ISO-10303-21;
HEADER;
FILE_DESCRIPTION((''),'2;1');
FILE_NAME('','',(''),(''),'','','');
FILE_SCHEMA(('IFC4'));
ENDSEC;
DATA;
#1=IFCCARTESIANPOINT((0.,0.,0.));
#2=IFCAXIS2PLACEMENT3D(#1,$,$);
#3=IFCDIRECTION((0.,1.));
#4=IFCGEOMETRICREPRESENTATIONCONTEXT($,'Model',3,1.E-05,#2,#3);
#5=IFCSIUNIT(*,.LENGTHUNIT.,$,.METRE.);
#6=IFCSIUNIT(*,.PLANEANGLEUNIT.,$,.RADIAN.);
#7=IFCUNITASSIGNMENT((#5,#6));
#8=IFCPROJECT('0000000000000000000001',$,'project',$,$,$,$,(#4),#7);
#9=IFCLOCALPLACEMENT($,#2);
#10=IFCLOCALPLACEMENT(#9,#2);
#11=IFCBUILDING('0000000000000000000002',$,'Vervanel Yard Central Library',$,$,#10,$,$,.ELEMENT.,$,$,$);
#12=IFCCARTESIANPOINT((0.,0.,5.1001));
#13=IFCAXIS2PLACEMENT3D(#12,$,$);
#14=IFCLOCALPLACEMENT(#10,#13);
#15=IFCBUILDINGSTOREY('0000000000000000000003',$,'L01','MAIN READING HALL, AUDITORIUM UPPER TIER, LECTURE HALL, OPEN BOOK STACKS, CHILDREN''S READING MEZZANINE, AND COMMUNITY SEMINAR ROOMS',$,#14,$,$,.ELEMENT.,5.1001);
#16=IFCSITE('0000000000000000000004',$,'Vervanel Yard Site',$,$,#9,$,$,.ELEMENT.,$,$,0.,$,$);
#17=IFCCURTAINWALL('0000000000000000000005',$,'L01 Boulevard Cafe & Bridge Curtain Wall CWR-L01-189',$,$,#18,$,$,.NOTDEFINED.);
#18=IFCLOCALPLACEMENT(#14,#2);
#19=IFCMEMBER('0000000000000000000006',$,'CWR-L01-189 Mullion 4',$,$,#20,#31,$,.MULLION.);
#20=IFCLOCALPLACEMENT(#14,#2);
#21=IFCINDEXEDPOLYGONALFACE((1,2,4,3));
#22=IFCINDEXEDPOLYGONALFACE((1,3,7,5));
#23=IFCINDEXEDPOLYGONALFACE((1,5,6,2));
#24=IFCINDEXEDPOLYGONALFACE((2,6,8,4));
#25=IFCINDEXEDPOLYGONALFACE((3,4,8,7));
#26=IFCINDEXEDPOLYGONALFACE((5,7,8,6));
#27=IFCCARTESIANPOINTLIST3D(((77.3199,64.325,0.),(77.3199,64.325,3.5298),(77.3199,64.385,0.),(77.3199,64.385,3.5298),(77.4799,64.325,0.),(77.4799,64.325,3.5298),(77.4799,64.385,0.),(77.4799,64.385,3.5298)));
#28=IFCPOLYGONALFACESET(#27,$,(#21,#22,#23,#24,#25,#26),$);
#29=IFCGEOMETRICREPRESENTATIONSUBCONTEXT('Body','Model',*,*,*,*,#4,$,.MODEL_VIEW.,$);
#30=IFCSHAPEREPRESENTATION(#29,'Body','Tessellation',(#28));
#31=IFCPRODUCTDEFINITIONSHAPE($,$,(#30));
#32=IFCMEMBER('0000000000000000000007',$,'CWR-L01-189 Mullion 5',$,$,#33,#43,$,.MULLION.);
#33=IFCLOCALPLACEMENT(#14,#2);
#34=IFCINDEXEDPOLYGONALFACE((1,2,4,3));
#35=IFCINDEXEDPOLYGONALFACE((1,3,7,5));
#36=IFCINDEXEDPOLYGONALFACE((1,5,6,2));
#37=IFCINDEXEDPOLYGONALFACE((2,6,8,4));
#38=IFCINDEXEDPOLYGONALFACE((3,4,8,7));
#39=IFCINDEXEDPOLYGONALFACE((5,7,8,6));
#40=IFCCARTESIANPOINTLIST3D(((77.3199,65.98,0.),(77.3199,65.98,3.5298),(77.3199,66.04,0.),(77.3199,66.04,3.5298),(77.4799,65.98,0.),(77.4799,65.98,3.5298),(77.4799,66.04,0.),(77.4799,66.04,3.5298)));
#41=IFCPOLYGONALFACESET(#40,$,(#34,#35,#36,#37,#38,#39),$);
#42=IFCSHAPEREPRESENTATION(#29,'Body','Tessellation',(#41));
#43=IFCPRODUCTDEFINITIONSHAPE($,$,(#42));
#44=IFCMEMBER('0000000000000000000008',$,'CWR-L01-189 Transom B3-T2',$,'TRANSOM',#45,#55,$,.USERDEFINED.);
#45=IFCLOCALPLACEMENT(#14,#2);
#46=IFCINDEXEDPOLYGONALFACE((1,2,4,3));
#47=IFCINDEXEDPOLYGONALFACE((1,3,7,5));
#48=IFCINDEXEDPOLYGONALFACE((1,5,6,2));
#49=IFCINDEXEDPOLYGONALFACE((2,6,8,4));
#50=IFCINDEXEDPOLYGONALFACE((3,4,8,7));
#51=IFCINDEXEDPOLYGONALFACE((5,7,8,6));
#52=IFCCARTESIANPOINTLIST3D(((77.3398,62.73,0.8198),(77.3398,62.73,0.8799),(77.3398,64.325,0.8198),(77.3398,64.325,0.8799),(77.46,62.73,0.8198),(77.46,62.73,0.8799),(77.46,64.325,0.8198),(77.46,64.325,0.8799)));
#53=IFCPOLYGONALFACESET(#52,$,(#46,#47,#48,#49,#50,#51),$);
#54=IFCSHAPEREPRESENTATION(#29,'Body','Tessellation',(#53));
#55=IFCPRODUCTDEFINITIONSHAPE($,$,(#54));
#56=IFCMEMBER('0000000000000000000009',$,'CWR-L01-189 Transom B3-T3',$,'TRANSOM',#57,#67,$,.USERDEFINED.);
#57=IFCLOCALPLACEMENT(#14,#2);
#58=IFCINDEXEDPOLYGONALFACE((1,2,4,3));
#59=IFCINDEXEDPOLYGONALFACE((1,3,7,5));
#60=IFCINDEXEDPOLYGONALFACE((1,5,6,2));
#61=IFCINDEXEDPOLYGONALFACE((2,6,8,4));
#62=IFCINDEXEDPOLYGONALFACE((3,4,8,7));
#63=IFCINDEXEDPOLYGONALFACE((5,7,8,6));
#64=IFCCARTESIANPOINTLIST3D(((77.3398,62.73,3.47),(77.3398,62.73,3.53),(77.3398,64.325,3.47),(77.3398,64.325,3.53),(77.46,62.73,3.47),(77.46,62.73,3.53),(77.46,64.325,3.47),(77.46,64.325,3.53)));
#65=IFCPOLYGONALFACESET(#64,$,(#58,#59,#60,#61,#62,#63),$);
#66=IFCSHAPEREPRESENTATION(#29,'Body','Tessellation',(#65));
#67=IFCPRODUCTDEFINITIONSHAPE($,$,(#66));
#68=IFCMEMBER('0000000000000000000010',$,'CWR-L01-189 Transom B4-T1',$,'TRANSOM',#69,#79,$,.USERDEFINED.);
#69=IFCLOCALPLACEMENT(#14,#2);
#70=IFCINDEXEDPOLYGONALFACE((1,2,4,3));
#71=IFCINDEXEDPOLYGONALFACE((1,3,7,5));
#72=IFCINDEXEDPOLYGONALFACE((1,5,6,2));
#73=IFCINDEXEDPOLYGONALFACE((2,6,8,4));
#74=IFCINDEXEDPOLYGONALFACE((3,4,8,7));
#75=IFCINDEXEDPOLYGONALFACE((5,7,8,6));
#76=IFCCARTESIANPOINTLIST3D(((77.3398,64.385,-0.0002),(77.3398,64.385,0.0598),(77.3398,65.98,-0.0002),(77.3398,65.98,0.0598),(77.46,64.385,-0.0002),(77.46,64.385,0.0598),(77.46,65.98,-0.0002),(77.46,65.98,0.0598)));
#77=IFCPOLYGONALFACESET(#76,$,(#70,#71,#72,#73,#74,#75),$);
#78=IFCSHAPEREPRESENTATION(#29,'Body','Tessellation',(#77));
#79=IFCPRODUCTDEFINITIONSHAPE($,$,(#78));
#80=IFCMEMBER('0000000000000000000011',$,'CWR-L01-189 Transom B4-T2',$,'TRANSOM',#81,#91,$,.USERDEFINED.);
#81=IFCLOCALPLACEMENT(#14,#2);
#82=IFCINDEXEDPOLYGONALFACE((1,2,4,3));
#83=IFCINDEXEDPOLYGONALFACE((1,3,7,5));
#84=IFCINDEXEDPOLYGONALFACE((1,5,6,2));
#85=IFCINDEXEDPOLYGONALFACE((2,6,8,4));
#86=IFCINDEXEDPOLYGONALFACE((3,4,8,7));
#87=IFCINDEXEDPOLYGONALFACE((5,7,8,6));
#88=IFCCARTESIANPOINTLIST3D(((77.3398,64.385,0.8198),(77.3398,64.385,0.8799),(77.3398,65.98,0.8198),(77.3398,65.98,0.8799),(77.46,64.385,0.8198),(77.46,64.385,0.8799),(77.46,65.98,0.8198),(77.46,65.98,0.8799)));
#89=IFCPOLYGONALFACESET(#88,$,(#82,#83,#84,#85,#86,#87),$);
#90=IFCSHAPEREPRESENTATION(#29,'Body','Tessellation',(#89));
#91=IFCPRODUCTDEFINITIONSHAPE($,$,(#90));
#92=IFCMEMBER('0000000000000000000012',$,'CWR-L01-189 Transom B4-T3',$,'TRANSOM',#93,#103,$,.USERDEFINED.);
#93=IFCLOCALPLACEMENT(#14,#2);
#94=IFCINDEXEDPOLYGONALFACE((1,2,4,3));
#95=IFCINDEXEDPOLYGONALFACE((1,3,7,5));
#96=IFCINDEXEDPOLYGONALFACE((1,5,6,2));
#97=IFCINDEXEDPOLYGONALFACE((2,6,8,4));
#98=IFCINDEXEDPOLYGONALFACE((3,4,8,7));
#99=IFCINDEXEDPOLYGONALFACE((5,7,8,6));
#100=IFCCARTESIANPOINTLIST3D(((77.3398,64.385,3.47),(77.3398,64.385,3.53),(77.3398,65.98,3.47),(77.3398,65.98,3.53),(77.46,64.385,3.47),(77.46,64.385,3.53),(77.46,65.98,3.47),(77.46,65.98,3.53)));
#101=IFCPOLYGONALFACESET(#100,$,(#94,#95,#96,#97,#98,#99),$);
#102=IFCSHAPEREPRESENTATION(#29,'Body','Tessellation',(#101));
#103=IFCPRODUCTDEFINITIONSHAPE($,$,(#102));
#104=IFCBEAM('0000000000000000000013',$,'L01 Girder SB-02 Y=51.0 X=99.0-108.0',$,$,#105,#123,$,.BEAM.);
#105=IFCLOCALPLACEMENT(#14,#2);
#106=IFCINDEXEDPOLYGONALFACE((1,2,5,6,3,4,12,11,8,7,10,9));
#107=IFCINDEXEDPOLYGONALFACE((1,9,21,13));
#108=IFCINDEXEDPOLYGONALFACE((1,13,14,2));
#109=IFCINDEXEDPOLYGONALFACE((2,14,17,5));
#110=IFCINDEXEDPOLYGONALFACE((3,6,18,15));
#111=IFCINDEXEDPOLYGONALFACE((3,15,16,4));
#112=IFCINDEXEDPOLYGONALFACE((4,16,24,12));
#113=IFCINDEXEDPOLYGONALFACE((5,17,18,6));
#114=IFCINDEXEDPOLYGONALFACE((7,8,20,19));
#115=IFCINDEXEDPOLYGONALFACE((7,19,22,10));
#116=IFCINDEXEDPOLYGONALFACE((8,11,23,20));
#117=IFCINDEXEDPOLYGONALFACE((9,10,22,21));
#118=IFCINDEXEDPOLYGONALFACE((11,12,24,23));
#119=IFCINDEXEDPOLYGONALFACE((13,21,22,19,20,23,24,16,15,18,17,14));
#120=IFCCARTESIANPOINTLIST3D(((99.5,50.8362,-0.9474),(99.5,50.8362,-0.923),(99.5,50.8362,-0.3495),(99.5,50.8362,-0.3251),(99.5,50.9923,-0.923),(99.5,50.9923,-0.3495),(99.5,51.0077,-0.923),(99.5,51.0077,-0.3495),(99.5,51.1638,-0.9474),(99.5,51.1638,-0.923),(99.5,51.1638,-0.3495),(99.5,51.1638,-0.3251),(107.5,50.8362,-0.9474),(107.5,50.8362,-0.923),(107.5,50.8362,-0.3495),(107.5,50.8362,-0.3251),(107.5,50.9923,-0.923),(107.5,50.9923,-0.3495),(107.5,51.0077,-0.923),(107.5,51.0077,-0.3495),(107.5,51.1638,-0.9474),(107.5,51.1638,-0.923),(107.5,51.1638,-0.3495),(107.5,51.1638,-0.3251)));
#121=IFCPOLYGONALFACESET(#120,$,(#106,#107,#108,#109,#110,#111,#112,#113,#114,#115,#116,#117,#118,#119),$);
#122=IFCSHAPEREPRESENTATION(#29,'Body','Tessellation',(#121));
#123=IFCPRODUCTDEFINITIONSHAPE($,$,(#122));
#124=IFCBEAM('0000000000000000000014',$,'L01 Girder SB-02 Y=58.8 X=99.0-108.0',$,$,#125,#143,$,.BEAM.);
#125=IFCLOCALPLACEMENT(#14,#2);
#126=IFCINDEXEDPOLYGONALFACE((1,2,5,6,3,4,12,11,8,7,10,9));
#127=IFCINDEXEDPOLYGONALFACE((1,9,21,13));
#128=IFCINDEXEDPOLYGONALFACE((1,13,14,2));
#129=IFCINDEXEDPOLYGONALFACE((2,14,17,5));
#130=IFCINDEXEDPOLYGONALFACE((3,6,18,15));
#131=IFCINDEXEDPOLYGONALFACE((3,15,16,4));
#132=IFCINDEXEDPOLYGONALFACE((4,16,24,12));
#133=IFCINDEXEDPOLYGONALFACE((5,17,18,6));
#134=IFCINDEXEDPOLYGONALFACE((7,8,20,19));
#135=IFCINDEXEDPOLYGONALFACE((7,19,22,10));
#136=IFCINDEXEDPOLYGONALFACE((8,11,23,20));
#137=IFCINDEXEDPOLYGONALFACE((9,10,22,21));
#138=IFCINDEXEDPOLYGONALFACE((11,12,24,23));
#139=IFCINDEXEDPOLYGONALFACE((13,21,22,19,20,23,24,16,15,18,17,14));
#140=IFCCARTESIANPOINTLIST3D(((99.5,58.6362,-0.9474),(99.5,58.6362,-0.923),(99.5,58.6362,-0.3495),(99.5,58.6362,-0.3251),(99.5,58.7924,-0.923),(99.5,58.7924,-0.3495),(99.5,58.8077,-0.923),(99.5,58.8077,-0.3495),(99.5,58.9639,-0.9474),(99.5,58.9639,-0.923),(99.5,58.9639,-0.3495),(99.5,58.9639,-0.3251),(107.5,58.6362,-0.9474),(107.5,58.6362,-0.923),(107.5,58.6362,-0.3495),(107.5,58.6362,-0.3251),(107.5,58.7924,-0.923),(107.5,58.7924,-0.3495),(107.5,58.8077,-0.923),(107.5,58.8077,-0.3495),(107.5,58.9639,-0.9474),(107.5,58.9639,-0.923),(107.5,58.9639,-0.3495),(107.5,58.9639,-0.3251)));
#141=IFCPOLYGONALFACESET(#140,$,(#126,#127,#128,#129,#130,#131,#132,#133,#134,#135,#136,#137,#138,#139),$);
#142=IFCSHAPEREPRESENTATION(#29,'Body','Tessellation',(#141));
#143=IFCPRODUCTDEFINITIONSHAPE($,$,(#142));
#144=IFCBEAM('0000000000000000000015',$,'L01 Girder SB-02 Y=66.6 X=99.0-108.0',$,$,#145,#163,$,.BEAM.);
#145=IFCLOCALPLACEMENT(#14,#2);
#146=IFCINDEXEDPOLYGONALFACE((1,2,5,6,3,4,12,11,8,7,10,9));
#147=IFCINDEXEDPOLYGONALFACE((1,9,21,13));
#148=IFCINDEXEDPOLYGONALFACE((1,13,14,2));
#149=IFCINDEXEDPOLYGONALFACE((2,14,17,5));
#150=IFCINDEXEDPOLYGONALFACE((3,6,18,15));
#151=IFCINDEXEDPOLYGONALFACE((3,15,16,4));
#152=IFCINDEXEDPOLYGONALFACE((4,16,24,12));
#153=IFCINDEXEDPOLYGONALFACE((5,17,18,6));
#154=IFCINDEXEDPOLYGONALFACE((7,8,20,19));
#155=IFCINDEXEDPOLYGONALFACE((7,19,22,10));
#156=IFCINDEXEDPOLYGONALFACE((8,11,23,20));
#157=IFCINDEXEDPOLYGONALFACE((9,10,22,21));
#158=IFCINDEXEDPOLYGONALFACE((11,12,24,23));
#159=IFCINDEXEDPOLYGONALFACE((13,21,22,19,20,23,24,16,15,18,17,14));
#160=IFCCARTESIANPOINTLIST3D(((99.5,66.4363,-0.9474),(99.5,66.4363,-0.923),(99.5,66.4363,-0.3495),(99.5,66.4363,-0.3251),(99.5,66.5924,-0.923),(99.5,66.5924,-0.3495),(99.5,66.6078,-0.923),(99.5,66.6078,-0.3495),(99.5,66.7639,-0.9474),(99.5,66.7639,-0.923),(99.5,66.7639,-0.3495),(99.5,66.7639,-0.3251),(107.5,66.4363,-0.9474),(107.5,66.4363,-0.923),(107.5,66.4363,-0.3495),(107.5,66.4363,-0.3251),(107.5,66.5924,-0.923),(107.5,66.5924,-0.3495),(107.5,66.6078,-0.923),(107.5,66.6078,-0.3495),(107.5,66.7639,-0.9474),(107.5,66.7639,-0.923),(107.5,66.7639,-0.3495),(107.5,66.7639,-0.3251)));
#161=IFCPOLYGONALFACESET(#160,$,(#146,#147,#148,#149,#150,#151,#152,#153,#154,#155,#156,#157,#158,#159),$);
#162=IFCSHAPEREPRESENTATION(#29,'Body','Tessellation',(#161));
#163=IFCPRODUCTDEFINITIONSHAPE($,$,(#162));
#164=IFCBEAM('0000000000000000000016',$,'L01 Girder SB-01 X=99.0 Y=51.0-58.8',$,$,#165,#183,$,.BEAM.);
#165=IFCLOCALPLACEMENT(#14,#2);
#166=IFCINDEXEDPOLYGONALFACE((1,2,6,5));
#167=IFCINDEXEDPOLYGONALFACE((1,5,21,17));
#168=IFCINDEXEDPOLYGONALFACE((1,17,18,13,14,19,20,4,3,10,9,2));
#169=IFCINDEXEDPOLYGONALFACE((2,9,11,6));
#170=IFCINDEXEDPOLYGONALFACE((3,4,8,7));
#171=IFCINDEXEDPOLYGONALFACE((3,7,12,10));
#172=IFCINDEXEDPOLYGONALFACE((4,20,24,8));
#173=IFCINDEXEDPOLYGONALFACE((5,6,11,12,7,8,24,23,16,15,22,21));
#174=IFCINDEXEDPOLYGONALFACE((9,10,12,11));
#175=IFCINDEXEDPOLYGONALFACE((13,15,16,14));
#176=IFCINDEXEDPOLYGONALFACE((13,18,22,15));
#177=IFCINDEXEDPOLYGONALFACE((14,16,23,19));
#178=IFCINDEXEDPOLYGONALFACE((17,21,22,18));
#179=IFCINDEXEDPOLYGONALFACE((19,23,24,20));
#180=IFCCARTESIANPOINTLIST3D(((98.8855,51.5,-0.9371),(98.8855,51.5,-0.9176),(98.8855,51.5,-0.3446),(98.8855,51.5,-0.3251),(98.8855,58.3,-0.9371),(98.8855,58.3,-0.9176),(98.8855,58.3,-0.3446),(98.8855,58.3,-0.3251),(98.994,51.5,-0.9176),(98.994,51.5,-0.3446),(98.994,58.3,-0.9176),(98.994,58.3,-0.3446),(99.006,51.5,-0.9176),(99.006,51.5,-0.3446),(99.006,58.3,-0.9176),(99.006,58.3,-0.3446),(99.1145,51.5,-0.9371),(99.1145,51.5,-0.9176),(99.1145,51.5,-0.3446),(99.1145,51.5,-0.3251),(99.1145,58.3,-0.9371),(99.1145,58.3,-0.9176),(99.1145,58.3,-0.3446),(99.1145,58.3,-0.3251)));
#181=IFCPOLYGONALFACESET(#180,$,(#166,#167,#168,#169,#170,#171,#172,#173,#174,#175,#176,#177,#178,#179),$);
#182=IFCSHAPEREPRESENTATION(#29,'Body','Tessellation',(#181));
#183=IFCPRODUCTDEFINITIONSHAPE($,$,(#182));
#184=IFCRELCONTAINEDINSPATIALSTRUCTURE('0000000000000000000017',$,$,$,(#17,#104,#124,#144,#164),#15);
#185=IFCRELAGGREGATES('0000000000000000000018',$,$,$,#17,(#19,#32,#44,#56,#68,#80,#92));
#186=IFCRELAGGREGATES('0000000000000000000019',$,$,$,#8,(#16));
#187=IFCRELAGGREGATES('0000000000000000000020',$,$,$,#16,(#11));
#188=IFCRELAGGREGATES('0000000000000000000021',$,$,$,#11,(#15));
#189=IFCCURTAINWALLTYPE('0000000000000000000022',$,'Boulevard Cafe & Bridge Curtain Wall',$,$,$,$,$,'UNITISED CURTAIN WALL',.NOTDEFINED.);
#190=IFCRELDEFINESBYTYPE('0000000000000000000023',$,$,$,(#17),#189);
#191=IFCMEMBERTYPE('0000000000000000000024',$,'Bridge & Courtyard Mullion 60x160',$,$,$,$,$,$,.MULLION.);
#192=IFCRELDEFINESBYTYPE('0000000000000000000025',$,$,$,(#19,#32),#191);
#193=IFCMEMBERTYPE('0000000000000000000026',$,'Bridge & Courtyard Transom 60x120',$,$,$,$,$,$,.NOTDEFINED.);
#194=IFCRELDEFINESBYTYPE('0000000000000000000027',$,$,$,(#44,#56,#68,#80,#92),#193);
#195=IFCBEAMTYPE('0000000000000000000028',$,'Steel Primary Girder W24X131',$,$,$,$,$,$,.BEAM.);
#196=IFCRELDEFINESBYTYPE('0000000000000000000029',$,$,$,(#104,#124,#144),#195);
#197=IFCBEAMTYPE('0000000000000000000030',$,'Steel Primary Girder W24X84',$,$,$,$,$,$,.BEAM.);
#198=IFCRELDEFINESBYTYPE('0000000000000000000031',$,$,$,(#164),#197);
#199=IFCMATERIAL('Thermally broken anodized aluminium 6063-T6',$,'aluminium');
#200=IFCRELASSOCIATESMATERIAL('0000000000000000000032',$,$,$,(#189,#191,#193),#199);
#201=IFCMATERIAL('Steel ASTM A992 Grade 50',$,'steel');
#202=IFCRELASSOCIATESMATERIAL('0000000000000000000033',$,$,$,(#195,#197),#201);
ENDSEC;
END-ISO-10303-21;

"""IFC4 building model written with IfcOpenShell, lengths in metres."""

from ifc_helpers import new_model, si_unit, direction, frame, origin, origin_2d, place, context, subcontext, project, spatial, rectangle, i_section, extrude, material, material_profile, profile_set, type_object, element, aggregate, save


model = new_model("IFC4")

# Units and contexts
model_context = context("Model", 3, precision=1e-05, world=origin(), true_north=direction((0.0, 1.0)))
body_context = subcontext(model_context, "Body", "Model", "MODEL_VIEW")
ifc_project = project(units=[si_unit("LENGTHUNIT", "METRE"), si_unit("PLANEANGLEUNIT", "RADIAN")], contexts=[model_context])

# Site, building, storey
site_placement = place(None, origin())
site = spatial("IfcSite", under=ifc_project, at=site_placement, Name="Vervanel Yard Site", CompositionType="ELEMENT", RefElevation=0.0)
building_placement = place(site_placement, origin())
building = spatial("IfcBuilding", under=site, at=building_placement, Name="Vervanel Yard Central Library", CompositionType="ELEMENT")
storey_placement = place(building_placement, frame((0.0, 0.0, 5.1001)))
storey = spatial("IfcBuildingStorey", under=building, at=storey_placement, Name="L01", Description="MAIN READING HALL, AUDITORIUM UPPER TIER, LECTURE HALL, OPEN BOOK STACKS, CHILDREN'S READING MEZZANINE, AND COMMUNITY SEMINAR ROOMS", CompositionType="ELEMENT", Elevation=5.1001)

# Curtain wall, members
ifc_material_1 = material(Name="Thermally broken anodized aluminium 6063-T6", Category="aluminium")
curtain_wall_type = type_object("IfcCurtainWallType", Name="Boulevard Cafe & Bridge Curtain Wall", ElementType="UNITISED CURTAIN WALL", PredefinedType="NOTDEFINED", material=ifc_material_1)
curtain_wall_placement = place(storey_placement, origin())
curtain_wall = element("IfcCurtainWall", 1, at=curtain_wall_placement, inside=storey, type_object=curtain_wall_type, Name="L01 Boulevard Cafe & Bridge Curtain Wall CWR-L01-189", PredefinedType="NOTDEFINED")
ifc_material_profile_1 = material_profile(ifc_material_1, rectangle(XDim=0.0601, YDim=0.1599, at=origin_2d()), Name="ALU 60x160", Category="aluminium")
ifc_profile_set_1 = profile_set([ifc_material_profile_1], Name="Thermally broken anodized aluminium 6063-T6")
member_type_1 = type_object("IfcMemberType", Name="Bridge & Courtyard Mullion 60x160", PredefinedType="MULLION", material=ifc_profile_set_1)
member_1_placement = place(storey_placement, frame((77.3999, 64.355, 0.0), z_axis=(0.0, 0.0, 1.0), x_axis=(0.0, 1.0, 0.0)))
member_1 = element("IfcMember", 2, at=member_1_placement, type_object=member_type_1, Name="CWR-L01-189 Mullion 4", PredefinedType="MULLION", context=body_context, shape_type="SweptSolid", body=[
    extrude(rectangle(XDim=0.0601, YDim=0.1599, at=origin_2d()), origin(), (0.0, 0.0, 1.0), 3.5298),
])
member_2_placement = place(storey_placement, frame((77.3999, 66.01, 0.0), z_axis=(0.0, 0.0, 1.0), x_axis=(0.0, 1.0, 0.0)))
member_2 = element("IfcMember", 3, at=member_2_placement, type_object=member_type_1, Name="CWR-L01-189 Mullion 5", PredefinedType="MULLION", context=body_context, shape_type="SweptSolid", body=[
    extrude(rectangle(XDim=0.0601, YDim=0.1599, at=origin_2d()), origin(), (0.0, 0.0, 1.0), 3.5298),
])
ifc_material_profile_2 = material_profile(ifc_material_1, rectangle(XDim=0.0601, YDim=0.1201, at=origin_2d()), Name="ALU 60x120", Category="aluminium")
ifc_profile_set_2 = profile_set([ifc_material_profile_2], Name="Thermally broken anodized aluminium 6063-T6")
member_type_2 = type_object("IfcMemberType", Name="Bridge & Courtyard Transom 60x120", PredefinedType="NOTDEFINED", material=ifc_profile_set_2)
member_3_placement = place(storey_placement, frame((77.3999, 62.73, 0.8499), z_axis=(0.0, 1.0, 0.0), x_axis=(0.0, 0.0, 1.0)))
member_3 = element("IfcMember", 4, at=member_3_placement, type_object=member_type_2, Name="CWR-L01-189 Transom B3-T2", ObjectType="TRANSOM", PredefinedType="USERDEFINED", context=body_context, shape_type="SweptSolid", body=[
    extrude(rectangle(XDim=0.0601, YDim=0.1201, at=origin_2d()), origin(), (0.0, 0.0, 1.0), 1.595),
])
member_4_placement = place(storey_placement, frame((77.3999, 62.73, 3.5), z_axis=(0.0, 1.0, 0.0), x_axis=(0.0, 0.0, 1.0)))
member_4 = element("IfcMember", 5, at=member_4_placement, type_object=member_type_2, Name="CWR-L01-189 Transom B3-T3", ObjectType="TRANSOM", PredefinedType="USERDEFINED", context=body_context, shape_type="SweptSolid", body=[
    extrude(rectangle(XDim=0.0601, YDim=0.1201, at=origin_2d()), origin(), (0.0, 0.0, 1.0), 1.595),
])
member_5_placement = place(storey_placement, frame((77.3999, 64.385, 0.0298), z_axis=(0.0, 1.0, 0.0), x_axis=(0.0, 0.0, 1.0)))
member_5 = element("IfcMember", 6, at=member_5_placement, type_object=member_type_2, Name="CWR-L01-189 Transom B4-T1", ObjectType="TRANSOM", PredefinedType="USERDEFINED", context=body_context, shape_type="SweptSolid", body=[
    extrude(rectangle(XDim=0.0601, YDim=0.1201, at=origin_2d()), origin(), (0.0, 0.0, 1.0), 1.595),
])
member_6_placement = place(storey_placement, frame((77.3999, 64.385, 0.8499), z_axis=(0.0, 1.0, 0.0), x_axis=(0.0, 0.0, 1.0)))
member_6 = element("IfcMember", 7, at=member_6_placement, type_object=member_type_2, Name="CWR-L01-189 Transom B4-T2", ObjectType="TRANSOM", PredefinedType="USERDEFINED", context=body_context, shape_type="SweptSolid", body=[
    extrude(rectangle(XDim=0.0601, YDim=0.1201, at=origin_2d()), origin(), (0.0, 0.0, 1.0), 1.595),
])
member_7_placement = place(storey_placement, frame((77.3999, 64.385, 3.5), z_axis=(0.0, 1.0, 0.0), x_axis=(0.0, 0.0, 1.0)))
member_7 = element("IfcMember", 8, at=member_7_placement, type_object=member_type_2, Name="CWR-L01-189 Transom B4-T3", ObjectType="TRANSOM", PredefinedType="USERDEFINED", context=body_context, shape_type="SweptSolid", body=[
    extrude(rectangle(XDim=0.0601, YDim=0.1201, at=origin_2d()), origin(), (0.0, 0.0, 1.0), 1.595),
])

# Beams
ifc_material_2 = material(Name="Steel ASTM A992 Grade 50", Category="steel")
ifc_material_profile_3 = material_profile(ifc_material_2, i_section(OverallWidth=0.3276, OverallDepth=0.6223, WebThickness=0.0154, FlangeThickness=0.0244, at=origin_2d()), Name="W24X131", Category="steel")
ifc_profile_set_3 = profile_set([ifc_material_profile_3], Name="Steel ASTM A992 Grade 50")
beam_type_1 = type_object("IfcBeamType", Name="Steel Primary Girder W24X131", PredefinedType="BEAM", material=ifc_profile_set_3)
for number, where, z_axis, x_axis, name in (
    (9, (99.5, 51.0, -0.6362), (1.0, 0.0, 0.0), (0.0, 1.0, 0.0), "L01 Girder SB-02 Y=51.0 X=99.0-108.0"),
    (10, (99.5, 58.8, -0.6362), (1.0, 0.0, 0.0), (0.0, 1.0, 0.0), "L01 Girder SB-02 Y=58.8 X=99.0-108.0"),
    (11, (99.5, 66.6001, -0.6362), (1.0, 0.0, 0.0), (0.0, 1.0, 0.0), "L01 Girder SB-02 Y=66.6 X=99.0-108.0"),
):
    element("IfcBeam", number, at=place(storey_placement, frame(where, z_axis=z_axis, x_axis=x_axis)), inside=storey, type_object=beam_type_1, Name=name, PredefinedType="BEAM", context=body_context, shape_type="SweptSolid", body=[
        extrude(i_section(OverallWidth=0.3276, OverallDepth=0.6223, WebThickness=0.0154, FlangeThickness=0.0244, at=origin_2d()), origin(), (0.0, 0.0, 1.0), 8.0),
    ])
ifc_material_profile_4 = material_profile(ifc_material_2, i_section(OverallWidth=0.229, OverallDepth=0.6121, WebThickness=0.012, FlangeThickness=0.0195, at=origin_2d()), Name="W24X84", Category="steel")
ifc_profile_set_4 = profile_set([ifc_material_profile_4], Name="Steel ASTM A992 Grade 50")
beam_type_2 = type_object("IfcBeamType", Name="Steel Primary Girder W24X84", PredefinedType="BEAM", material=ifc_profile_set_4)
for number, where, z_axis, x_axis, name in (
    (12, (99.0, 51.5, -0.6311), (0.0, 1.0, 0.0), (-1.0, 0.0, 0.0), "L01 Girder SB-01 X=99.0 Y=51.0-58.8"),
):
    element("IfcBeam", number, at=place(storey_placement, frame(where, z_axis=z_axis, x_axis=x_axis)), inside=storey, type_object=beam_type_2, Name=name, PredefinedType="BEAM", context=body_context, shape_type="SweptSolid", body=[
        extrude(i_section(OverallWidth=0.229, OverallDepth=0.6121, WebThickness=0.012, FlangeThickness=0.0195, at=origin_2d()), origin(), (0.0, 0.0, 1.0), 6.8),
    ])

aggregate(curtain_wall, [member_1, member_2, member_3, member_4, member_5, member_6, member_7])

save(model, "model.ifc")
